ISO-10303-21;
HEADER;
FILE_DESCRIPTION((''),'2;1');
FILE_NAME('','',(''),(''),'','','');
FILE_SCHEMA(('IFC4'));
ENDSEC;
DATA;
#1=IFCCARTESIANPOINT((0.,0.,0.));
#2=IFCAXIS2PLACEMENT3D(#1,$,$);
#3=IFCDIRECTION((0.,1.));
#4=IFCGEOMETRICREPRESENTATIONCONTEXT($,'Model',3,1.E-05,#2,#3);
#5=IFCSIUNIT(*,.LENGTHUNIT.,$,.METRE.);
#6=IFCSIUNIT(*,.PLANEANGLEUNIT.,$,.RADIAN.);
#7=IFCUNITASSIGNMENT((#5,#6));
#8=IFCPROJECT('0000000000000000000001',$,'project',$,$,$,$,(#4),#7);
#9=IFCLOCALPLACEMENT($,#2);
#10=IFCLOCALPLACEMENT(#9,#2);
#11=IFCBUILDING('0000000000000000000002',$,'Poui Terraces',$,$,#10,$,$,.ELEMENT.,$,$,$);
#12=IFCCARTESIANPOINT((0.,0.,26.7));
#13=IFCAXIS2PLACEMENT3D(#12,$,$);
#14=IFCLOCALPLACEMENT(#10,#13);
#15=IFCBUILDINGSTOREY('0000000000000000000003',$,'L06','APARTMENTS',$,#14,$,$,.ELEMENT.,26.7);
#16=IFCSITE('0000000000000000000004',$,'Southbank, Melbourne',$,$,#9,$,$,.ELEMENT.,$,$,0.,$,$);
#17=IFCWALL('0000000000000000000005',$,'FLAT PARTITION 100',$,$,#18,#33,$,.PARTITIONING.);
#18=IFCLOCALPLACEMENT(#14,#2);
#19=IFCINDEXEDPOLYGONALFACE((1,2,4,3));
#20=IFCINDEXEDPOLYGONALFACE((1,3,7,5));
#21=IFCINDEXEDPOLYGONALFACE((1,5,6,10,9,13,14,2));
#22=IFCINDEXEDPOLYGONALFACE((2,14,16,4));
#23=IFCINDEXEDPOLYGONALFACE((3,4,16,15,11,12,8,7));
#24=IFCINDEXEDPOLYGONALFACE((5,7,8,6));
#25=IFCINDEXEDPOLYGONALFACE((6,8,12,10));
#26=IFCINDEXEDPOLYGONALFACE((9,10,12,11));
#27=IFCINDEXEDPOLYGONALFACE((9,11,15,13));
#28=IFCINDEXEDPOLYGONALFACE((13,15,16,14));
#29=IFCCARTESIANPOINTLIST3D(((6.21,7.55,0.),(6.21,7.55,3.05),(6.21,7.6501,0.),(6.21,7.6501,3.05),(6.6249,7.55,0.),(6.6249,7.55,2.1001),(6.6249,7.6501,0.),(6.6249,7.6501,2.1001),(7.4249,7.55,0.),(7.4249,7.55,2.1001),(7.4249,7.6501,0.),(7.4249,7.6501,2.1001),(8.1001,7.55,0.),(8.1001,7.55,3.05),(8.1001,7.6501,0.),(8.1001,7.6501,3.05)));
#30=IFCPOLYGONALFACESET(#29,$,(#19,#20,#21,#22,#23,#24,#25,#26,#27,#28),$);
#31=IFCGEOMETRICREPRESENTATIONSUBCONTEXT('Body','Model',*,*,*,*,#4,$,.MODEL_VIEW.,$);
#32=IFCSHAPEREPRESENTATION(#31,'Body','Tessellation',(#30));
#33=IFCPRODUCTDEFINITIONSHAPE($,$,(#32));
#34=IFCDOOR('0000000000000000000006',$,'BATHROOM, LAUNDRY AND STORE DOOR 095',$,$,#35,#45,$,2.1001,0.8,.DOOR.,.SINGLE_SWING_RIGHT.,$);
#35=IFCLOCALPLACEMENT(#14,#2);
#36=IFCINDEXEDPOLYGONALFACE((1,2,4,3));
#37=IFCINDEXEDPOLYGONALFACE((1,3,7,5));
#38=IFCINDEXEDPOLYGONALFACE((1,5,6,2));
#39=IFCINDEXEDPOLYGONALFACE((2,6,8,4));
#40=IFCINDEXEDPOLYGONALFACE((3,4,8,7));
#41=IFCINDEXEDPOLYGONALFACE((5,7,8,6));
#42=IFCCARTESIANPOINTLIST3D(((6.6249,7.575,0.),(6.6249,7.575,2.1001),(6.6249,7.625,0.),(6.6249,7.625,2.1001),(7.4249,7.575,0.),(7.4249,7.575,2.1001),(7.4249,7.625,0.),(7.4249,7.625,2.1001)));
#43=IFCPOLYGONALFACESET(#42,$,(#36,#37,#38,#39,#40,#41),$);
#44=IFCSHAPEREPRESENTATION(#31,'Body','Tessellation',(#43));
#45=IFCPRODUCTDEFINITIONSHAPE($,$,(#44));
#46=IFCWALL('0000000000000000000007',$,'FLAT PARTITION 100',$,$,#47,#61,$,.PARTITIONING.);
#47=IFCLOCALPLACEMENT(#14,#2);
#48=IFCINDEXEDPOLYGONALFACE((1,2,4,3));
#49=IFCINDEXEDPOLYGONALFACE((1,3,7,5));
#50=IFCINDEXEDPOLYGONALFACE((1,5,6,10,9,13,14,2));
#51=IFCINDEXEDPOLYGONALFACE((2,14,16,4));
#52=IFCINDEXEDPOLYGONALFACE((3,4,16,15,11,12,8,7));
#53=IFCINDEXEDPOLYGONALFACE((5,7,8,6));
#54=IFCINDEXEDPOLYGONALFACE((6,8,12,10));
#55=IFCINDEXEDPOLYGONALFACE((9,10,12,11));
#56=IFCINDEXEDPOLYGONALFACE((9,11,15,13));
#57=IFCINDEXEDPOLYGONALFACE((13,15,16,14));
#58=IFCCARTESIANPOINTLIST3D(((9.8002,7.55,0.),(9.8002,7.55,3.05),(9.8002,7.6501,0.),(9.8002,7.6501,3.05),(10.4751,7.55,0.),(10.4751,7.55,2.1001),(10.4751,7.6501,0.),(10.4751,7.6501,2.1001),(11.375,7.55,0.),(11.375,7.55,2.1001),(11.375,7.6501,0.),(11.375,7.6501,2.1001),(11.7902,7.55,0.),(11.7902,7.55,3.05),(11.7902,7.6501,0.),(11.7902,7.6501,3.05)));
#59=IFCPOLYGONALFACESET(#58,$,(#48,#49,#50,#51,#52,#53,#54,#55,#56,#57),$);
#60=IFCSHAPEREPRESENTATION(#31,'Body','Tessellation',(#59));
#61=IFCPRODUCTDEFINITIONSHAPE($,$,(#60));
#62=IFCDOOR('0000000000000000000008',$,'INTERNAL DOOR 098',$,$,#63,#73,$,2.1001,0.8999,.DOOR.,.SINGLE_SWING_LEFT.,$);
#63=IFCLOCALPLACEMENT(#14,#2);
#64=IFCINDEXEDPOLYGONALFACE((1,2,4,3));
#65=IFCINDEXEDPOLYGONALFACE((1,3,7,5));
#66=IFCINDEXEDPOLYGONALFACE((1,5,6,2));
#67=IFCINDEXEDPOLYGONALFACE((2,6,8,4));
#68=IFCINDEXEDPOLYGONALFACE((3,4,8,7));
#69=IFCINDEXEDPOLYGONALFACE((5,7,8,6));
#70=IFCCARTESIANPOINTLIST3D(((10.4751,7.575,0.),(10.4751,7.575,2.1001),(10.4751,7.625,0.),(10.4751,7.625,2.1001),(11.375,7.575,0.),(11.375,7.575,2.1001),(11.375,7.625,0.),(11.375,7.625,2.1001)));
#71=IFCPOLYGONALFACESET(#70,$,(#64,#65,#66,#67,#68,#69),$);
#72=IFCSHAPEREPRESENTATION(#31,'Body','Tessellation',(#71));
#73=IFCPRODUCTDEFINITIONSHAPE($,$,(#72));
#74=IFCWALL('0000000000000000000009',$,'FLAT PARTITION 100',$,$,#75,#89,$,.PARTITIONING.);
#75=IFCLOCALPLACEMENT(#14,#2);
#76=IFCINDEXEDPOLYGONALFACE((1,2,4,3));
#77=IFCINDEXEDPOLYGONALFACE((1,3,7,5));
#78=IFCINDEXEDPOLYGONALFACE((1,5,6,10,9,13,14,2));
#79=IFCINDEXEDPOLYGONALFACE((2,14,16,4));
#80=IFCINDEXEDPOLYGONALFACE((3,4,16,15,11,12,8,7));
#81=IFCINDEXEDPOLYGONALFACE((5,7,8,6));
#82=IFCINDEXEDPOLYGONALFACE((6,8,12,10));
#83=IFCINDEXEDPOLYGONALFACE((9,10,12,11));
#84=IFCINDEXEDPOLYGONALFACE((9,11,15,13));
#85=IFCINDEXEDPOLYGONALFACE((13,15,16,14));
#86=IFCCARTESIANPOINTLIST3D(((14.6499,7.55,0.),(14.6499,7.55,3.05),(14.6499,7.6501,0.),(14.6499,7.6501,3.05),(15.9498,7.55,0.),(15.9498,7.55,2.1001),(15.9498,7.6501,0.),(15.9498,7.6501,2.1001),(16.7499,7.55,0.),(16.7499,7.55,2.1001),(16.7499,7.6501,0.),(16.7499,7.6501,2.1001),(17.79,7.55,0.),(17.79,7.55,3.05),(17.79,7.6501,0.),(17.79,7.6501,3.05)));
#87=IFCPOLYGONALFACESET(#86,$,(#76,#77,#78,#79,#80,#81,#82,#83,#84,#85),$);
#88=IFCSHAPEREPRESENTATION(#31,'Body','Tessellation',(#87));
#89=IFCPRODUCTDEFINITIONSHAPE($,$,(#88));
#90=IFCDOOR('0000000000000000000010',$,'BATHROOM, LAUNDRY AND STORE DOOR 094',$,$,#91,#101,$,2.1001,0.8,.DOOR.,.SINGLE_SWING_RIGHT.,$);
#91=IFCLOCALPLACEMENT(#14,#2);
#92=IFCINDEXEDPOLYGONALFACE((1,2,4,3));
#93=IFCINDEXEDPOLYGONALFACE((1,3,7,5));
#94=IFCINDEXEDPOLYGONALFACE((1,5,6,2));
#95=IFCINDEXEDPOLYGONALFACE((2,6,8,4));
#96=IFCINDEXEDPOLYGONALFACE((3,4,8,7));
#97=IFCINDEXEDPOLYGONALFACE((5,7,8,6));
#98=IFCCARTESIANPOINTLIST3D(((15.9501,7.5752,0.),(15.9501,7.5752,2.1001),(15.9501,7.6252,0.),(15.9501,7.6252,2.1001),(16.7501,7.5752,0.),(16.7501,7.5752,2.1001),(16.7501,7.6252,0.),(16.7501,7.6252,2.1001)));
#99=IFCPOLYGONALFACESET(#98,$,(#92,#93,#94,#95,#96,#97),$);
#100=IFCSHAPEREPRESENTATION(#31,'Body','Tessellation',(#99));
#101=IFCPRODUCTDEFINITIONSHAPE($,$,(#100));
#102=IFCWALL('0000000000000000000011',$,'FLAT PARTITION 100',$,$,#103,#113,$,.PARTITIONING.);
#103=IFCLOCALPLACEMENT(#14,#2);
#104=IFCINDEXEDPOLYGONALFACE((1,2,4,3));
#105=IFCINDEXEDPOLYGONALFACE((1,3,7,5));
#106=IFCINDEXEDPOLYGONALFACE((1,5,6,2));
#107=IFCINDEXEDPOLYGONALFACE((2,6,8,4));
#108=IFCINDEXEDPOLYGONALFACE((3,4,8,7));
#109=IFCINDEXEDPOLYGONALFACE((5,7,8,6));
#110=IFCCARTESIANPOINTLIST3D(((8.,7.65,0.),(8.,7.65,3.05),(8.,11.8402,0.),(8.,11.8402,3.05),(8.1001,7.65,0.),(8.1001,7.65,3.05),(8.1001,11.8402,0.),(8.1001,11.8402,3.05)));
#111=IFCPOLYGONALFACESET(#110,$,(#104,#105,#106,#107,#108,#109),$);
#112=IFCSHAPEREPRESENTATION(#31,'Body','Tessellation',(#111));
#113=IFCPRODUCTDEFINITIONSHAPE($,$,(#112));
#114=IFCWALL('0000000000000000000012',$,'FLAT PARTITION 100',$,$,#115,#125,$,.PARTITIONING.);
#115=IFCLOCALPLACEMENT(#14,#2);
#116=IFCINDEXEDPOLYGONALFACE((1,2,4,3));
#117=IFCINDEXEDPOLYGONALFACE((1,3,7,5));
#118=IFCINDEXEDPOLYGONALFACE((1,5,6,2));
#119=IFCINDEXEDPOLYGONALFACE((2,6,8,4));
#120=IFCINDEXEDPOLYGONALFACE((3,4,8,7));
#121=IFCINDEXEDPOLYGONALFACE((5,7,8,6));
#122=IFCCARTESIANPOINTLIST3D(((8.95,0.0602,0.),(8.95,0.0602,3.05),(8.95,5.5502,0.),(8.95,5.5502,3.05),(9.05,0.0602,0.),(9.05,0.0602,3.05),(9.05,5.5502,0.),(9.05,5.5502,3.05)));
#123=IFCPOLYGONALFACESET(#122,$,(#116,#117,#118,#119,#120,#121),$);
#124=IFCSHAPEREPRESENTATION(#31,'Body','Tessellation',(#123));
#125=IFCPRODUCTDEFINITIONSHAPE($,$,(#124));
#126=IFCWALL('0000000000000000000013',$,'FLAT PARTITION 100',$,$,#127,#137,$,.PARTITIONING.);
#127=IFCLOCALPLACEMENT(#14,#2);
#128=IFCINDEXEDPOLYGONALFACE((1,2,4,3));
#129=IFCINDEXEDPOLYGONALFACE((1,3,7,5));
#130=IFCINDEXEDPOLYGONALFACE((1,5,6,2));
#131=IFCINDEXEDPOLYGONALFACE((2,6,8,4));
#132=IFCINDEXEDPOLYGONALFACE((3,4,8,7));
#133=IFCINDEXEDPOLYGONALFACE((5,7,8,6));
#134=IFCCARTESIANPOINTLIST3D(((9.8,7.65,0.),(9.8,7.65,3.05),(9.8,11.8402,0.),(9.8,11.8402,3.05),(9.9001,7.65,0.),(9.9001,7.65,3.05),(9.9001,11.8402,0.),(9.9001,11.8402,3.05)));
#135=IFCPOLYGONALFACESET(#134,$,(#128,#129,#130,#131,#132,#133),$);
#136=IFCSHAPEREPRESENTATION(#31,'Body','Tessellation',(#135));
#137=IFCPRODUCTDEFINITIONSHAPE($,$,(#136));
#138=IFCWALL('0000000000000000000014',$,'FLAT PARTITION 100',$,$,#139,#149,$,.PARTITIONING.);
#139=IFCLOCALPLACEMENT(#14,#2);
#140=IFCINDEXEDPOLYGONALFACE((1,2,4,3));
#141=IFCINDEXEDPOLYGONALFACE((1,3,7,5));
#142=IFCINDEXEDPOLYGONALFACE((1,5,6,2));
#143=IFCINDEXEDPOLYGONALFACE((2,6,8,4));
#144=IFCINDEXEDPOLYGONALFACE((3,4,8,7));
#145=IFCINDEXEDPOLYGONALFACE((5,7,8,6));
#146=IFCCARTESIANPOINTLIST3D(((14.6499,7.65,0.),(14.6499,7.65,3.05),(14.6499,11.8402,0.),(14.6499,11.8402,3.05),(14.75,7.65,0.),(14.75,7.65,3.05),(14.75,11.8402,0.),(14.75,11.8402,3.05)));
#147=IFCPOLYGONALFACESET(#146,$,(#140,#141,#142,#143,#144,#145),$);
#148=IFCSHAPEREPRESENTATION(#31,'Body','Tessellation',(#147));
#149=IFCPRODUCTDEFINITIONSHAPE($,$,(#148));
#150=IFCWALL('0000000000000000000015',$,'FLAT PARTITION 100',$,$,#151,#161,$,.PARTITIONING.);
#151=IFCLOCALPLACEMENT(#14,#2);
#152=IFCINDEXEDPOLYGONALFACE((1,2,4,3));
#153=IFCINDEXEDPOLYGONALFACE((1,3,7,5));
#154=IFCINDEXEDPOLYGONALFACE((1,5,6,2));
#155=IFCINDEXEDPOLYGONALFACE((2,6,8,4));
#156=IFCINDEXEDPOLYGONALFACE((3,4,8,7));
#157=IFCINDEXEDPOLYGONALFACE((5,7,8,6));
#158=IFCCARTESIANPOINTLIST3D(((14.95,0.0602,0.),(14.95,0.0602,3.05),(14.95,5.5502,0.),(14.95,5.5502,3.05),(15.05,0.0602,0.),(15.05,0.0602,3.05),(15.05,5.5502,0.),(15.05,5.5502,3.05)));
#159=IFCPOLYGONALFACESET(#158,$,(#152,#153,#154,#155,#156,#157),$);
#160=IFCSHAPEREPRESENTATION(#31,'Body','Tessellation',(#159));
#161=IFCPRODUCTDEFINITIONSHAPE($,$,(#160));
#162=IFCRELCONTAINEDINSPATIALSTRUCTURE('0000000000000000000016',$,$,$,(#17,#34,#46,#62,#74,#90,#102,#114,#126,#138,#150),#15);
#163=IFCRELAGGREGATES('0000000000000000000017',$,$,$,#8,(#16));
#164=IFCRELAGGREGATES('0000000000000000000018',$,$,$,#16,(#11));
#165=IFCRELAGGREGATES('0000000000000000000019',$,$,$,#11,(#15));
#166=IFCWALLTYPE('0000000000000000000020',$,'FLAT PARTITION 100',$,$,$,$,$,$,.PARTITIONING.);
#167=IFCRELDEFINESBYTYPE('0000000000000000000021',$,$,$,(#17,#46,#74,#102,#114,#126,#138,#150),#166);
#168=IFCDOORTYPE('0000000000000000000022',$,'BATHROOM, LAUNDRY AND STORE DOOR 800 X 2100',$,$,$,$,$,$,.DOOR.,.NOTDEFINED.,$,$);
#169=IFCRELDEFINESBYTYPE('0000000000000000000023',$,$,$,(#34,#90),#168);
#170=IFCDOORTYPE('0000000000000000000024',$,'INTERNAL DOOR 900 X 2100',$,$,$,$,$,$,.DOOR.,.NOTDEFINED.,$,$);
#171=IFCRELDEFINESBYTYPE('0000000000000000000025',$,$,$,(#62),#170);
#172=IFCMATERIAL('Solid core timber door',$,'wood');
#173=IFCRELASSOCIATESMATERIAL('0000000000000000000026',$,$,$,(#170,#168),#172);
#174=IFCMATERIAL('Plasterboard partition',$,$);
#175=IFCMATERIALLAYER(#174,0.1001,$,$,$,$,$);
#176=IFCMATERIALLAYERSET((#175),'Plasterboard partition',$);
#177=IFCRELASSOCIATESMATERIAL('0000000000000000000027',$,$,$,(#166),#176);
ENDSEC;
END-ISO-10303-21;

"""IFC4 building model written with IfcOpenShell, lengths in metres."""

from ifc_helpers import new_model, si_unit, direction, frame, frame_2d, origin, place, context, subcontext, project, spatial, rectangle, extrude, material, layer, layer_set, type_object, element, fill, save


model = new_model("IFC4")

# Units and contexts
model_context = context("Model", 3, precision=1e-05, world=origin(), true_north=direction((0.0, 1.0)))
body_context = subcontext(model_context, "Body", "Model", "MODEL_VIEW")
ifc_project = project(units=[si_unit("LENGTHUNIT", "METRE"), si_unit("PLANEANGLEUNIT", "RADIAN")], contexts=[model_context])

# Site, building, storey
site_placement = place(None, origin())
site = spatial("IfcSite", under=ifc_project, at=site_placement, Name="Southbank, Melbourne", CompositionType="ELEMENT", RefElevation=0.0)
building_placement = place(site_placement, origin())
building = spatial("IfcBuilding", under=site, at=building_placement, Name="Poui Terraces", CompositionType="ELEMENT")
storey_placement = place(building_placement, frame((0.0, 0.0, 26.7)))
storey = spatial("IfcBuildingStorey", under=building, at=storey_placement, Name="L06", Description="APARTMENTS", CompositionType="ELEMENT", Elevation=26.7)

# Shared definitions
ifc_material_1 = material(Name="Solid core timber door", Category="wood")
door_type_1 = type_object("IfcDoorType", Name="INTERNAL DOOR 900 X 2100", OperationType="NOTDEFINED", PredefinedType="DOOR", material=ifc_material_1)
ifc_material_2 = material(Name="Plasterboard partition")
ifc_layer_1 = layer(ifc_material_2, 0.1001)
ifc_layer_set_1 = layer_set([ifc_layer_1], Name="Plasterboard partition")
wall_type_1 = type_object("IfcWallType", Name="FLAT PARTITION 100", PredefinedType="PARTITIONING", material=ifc_layer_set_1)

# Walls, openings, doors
wall_1_placement = place(storey_placement, frame((6.21, 7.6001, 0.0), z_axis=(0.0, 0.0, 1.0), x_axis=(1.0, 0.0, 0.0)))
wall_1 = element("IfcWall", 1, at=wall_1_placement, inside=storey, type_object=wall_type_1, Name="FLAT PARTITION 100", PredefinedType="PARTITIONING", context=body_context, shape_type="SweptSolid", body=[
    extrude(rectangle(XDim=1.8901, YDim=0.1001, at=frame_2d((0.9451, 0.0))), origin(), (0.0, 0.0, 1.0), 3.05),
])
opening_1_placement = place(wall_1_placement, frame((0.415, 0.0, 0.0)))
opening_1 = element("IfcOpeningElement", 2, at=opening_1_placement, cuts=wall_1, PredefinedType="OPENING", context=body_context, shape_type="SweptSolid", body=[
    extrude(rectangle(XDim=0.8, YDim=2.1001, at=frame_2d((0.3999, 1.05))), frame((0.0, 0.0601, 0.0), z_axis=(0.0, -1.0, 0.0), x_axis=(1.0, 0.0, 0.0)), (0.0, 0.0, 1.0), 0.1201),
])
door_type_2 = type_object("IfcDoorType", Name="BATHROOM, LAUNDRY AND STORE DOOR 800 X 2100", OperationType="NOTDEFINED", PredefinedType="DOOR", material=ifc_material_1)
door_1_placement = place(opening_1_placement, origin())
door_1 = element("IfcDoor", 3, at=door_1_placement, inside=storey, type_object=door_type_2, Name="BATHROOM, LAUNDRY AND STORE DOOR 095", OperationType="SINGLE_SWING_RIGHT", OverallHeight=2.1001, OverallWidth=0.8, PredefinedType="DOOR", context=body_context, shape_type="SweptSolid", body=[
    extrude(rectangle(XDim=0.8, YDim=2.1001, at=frame_2d((0.3999, 1.05))), frame((0.0, 0.0249, 0.0), z_axis=(0.0, -1.0, 0.0), x_axis=(1.0, 0.0, 0.0)), (0.0, 0.0, 1.0), 0.05),
])
fill(opening_1, door_1)
wall_2_placement = place(storey_placement, frame((9.8, 7.6001, 0.0), z_axis=(0.0, 0.0, 1.0), x_axis=(1.0, 0.0, 0.0)))
wall_2 = element("IfcWall", 4, at=wall_2_placement, inside=storey, type_object=wall_type_1, Name="FLAT PARTITION 100", PredefinedType="PARTITIONING", context=body_context, shape_type="SweptSolid", body=[
    extrude(rectangle(XDim=1.99, YDim=0.1001, at=frame_2d((0.9951, 0.0))), origin(), (0.0, 0.0, 1.0), 3.05),
])
opening_2_placement = place(wall_2_placement, frame((0.675, 0.0, 0.0)))
opening_2 = element("IfcOpeningElement", 5, at=opening_2_placement, cuts=wall_2, PredefinedType="OPENING", context=body_context, shape_type="SweptSolid", body=[
    extrude(rectangle(XDim=0.8999, YDim=2.1001, at=frame_2d((0.45, 1.05))), frame((0.0, 0.0601, 0.0), z_axis=(0.0, -1.0, 0.0), x_axis=(1.0, 0.0, 0.0)), (0.0, 0.0, 1.0), 0.1201),
])
door_2_placement = place(opening_2_placement, origin())
door_2 = element("IfcDoor", 6, at=door_2_placement, inside=storey, type_object=door_type_1, Name="INTERNAL DOOR 098", OperationType="SINGLE_SWING_LEFT", OverallHeight=2.1001, OverallWidth=0.8999, PredefinedType="DOOR", context=body_context, shape_type="SweptSolid", body=[
    extrude(rectangle(XDim=0.8999, YDim=2.1001, at=frame_2d((0.45, 1.05))), frame((0.0, 0.0249, 0.0), z_axis=(0.0, -1.0, 0.0), x_axis=(1.0, 0.0, 0.0)), (0.0, 0.0, 1.0), 0.05),
])
fill(opening_2, door_2)
wall_3_placement = place(storey_placement, frame((14.6499, 7.6001, 0.0), z_axis=(0.0, 0.0, 1.0), x_axis=(1.0, 0.0, 0.0)))
wall_3 = element("IfcWall", 7, at=wall_3_placement, inside=storey, type_object=wall_type_1, Name="FLAT PARTITION 100", PredefinedType="PARTITIONING", context=body_context, shape_type="SweptSolid", body=[
    extrude(rectangle(XDim=3.1401, YDim=0.1001, at=frame_2d((1.5701, 0.0))), origin(), (0.0, 0.0, 1.0), 3.05),
])
opening_3_placement = place(wall_3_placement, frame((1.3, 0.0, 0.0)))
opening_3 = element("IfcOpeningElement", 8, at=opening_3_placement, cuts=wall_3, PredefinedType="OPENING", context=body_context, shape_type="SweptSolid", body=[
    extrude(rectangle(XDim=0.8, YDim=2.1001, at=frame_2d((0.3999, 1.05))), frame((0.0, 0.0601, 0.0), z_axis=(0.0, -1.0, 0.0), x_axis=(1.0, 0.0, 0.0)), (0.0, 0.0, 1.0), 0.1201),
])
door_3_placement = place(opening_3_placement, frame((0.8, 0.0, 0.0), z_axis=(0.0, 0.0, 1.0), x_axis=(-1.0, 0.0, 0.0)))
door_3 = element("IfcDoor", 9, at=door_3_placement, inside=storey, type_object=door_type_2, Name="BATHROOM, LAUNDRY AND STORE DOOR 094", OperationType="SINGLE_SWING_RIGHT", OverallHeight=2.1001, OverallWidth=0.8, PredefinedType="DOOR", context=body_context, shape_type="SweptSolid", body=[
    extrude(rectangle(XDim=0.8, YDim=2.1001, at=frame_2d((0.3999, 1.05))), frame((0.0, 0.0249, 0.0), z_axis=(0.0, -1.0, 0.0), x_axis=(1.0, 0.0, 0.0)), (0.0, 0.0, 1.0), 0.05),
])
fill(opening_3, door_3)

# Walls
wall_4_placement = place(storey_placement, frame((8.05, 7.6499, 0.0), z_axis=(0.0, 0.0, 1.0), x_axis=(0.0, 1.0, 0.0)))
element("IfcWall", 10, at=wall_4_placement, inside=storey, type_object=wall_type_1, Name="FLAT PARTITION 100", PredefinedType="PARTITIONING", context=body_context, shape_type="SweptSolid", body=[
    extrude(rectangle(XDim=4.1902, YDim=0.1001, at=frame_2d((2.0952, 0.0))), origin(), (0.0, 0.0, 1.0), 3.05),
])
wall_5_placement = place(storey_placement, frame((9.0, 0.0601, 0.0), z_axis=(0.0, 0.0, 1.0), x_axis=(0.0, 1.0, 0.0)))
element("IfcWall", 11, at=wall_5_placement, inside=storey, type_object=wall_type_1, Name="FLAT PARTITION 100", PredefinedType="PARTITIONING", context=body_context, shape_type="SweptSolid", body=[
    extrude(rectangle(XDim=5.49, YDim=0.1001, at=frame_2d((2.7451, 0.0))), origin(), (0.0, 0.0, 1.0), 3.05),
])
for number, where, z_axis, x_axis, name in (
    (12, (9.8501, 7.6499, 0.0), (0.0, 0.0, 1.0), (0.0, 1.0, 0.0), "FLAT PARTITION 100"),
    (13, (14.7, 7.6499, 0.0), (0.0, 0.0, 1.0), (0.0, 1.0, 0.0), "FLAT PARTITION 100"),
):
    element("IfcWall", number, at=place(storey_placement, frame(where, z_axis=z_axis, x_axis=x_axis)), inside=storey, type_object=wall_type_1, Name=name, PredefinedType="PARTITIONING", context=body_context, shape_type="SweptSolid", body=[
        extrude(rectangle(XDim=4.1902, YDim=0.1001, at=frame_2d((2.0952, 0.0))), origin(), (0.0, 0.0, 1.0), 3.05),
    ])
wall_6_placement = place(storey_placement, frame((15.0, 0.0601, 0.0), z_axis=(0.0, 0.0, 1.0), x_axis=(0.0, 1.0, 0.0)))
element("IfcWall", 14, at=wall_6_placement, inside=storey, type_object=wall_type_1, Name="FLAT PARTITION 100", PredefinedType="PARTITIONING", context=body_context, shape_type="SweptSolid", body=[
    extrude(rectangle(XDim=5.49, YDim=0.1001, at=frame_2d((2.7451, 0.0))), origin(), (0.0, 0.0, 1.0), 3.05),
])

save(model, "model.ifc")
